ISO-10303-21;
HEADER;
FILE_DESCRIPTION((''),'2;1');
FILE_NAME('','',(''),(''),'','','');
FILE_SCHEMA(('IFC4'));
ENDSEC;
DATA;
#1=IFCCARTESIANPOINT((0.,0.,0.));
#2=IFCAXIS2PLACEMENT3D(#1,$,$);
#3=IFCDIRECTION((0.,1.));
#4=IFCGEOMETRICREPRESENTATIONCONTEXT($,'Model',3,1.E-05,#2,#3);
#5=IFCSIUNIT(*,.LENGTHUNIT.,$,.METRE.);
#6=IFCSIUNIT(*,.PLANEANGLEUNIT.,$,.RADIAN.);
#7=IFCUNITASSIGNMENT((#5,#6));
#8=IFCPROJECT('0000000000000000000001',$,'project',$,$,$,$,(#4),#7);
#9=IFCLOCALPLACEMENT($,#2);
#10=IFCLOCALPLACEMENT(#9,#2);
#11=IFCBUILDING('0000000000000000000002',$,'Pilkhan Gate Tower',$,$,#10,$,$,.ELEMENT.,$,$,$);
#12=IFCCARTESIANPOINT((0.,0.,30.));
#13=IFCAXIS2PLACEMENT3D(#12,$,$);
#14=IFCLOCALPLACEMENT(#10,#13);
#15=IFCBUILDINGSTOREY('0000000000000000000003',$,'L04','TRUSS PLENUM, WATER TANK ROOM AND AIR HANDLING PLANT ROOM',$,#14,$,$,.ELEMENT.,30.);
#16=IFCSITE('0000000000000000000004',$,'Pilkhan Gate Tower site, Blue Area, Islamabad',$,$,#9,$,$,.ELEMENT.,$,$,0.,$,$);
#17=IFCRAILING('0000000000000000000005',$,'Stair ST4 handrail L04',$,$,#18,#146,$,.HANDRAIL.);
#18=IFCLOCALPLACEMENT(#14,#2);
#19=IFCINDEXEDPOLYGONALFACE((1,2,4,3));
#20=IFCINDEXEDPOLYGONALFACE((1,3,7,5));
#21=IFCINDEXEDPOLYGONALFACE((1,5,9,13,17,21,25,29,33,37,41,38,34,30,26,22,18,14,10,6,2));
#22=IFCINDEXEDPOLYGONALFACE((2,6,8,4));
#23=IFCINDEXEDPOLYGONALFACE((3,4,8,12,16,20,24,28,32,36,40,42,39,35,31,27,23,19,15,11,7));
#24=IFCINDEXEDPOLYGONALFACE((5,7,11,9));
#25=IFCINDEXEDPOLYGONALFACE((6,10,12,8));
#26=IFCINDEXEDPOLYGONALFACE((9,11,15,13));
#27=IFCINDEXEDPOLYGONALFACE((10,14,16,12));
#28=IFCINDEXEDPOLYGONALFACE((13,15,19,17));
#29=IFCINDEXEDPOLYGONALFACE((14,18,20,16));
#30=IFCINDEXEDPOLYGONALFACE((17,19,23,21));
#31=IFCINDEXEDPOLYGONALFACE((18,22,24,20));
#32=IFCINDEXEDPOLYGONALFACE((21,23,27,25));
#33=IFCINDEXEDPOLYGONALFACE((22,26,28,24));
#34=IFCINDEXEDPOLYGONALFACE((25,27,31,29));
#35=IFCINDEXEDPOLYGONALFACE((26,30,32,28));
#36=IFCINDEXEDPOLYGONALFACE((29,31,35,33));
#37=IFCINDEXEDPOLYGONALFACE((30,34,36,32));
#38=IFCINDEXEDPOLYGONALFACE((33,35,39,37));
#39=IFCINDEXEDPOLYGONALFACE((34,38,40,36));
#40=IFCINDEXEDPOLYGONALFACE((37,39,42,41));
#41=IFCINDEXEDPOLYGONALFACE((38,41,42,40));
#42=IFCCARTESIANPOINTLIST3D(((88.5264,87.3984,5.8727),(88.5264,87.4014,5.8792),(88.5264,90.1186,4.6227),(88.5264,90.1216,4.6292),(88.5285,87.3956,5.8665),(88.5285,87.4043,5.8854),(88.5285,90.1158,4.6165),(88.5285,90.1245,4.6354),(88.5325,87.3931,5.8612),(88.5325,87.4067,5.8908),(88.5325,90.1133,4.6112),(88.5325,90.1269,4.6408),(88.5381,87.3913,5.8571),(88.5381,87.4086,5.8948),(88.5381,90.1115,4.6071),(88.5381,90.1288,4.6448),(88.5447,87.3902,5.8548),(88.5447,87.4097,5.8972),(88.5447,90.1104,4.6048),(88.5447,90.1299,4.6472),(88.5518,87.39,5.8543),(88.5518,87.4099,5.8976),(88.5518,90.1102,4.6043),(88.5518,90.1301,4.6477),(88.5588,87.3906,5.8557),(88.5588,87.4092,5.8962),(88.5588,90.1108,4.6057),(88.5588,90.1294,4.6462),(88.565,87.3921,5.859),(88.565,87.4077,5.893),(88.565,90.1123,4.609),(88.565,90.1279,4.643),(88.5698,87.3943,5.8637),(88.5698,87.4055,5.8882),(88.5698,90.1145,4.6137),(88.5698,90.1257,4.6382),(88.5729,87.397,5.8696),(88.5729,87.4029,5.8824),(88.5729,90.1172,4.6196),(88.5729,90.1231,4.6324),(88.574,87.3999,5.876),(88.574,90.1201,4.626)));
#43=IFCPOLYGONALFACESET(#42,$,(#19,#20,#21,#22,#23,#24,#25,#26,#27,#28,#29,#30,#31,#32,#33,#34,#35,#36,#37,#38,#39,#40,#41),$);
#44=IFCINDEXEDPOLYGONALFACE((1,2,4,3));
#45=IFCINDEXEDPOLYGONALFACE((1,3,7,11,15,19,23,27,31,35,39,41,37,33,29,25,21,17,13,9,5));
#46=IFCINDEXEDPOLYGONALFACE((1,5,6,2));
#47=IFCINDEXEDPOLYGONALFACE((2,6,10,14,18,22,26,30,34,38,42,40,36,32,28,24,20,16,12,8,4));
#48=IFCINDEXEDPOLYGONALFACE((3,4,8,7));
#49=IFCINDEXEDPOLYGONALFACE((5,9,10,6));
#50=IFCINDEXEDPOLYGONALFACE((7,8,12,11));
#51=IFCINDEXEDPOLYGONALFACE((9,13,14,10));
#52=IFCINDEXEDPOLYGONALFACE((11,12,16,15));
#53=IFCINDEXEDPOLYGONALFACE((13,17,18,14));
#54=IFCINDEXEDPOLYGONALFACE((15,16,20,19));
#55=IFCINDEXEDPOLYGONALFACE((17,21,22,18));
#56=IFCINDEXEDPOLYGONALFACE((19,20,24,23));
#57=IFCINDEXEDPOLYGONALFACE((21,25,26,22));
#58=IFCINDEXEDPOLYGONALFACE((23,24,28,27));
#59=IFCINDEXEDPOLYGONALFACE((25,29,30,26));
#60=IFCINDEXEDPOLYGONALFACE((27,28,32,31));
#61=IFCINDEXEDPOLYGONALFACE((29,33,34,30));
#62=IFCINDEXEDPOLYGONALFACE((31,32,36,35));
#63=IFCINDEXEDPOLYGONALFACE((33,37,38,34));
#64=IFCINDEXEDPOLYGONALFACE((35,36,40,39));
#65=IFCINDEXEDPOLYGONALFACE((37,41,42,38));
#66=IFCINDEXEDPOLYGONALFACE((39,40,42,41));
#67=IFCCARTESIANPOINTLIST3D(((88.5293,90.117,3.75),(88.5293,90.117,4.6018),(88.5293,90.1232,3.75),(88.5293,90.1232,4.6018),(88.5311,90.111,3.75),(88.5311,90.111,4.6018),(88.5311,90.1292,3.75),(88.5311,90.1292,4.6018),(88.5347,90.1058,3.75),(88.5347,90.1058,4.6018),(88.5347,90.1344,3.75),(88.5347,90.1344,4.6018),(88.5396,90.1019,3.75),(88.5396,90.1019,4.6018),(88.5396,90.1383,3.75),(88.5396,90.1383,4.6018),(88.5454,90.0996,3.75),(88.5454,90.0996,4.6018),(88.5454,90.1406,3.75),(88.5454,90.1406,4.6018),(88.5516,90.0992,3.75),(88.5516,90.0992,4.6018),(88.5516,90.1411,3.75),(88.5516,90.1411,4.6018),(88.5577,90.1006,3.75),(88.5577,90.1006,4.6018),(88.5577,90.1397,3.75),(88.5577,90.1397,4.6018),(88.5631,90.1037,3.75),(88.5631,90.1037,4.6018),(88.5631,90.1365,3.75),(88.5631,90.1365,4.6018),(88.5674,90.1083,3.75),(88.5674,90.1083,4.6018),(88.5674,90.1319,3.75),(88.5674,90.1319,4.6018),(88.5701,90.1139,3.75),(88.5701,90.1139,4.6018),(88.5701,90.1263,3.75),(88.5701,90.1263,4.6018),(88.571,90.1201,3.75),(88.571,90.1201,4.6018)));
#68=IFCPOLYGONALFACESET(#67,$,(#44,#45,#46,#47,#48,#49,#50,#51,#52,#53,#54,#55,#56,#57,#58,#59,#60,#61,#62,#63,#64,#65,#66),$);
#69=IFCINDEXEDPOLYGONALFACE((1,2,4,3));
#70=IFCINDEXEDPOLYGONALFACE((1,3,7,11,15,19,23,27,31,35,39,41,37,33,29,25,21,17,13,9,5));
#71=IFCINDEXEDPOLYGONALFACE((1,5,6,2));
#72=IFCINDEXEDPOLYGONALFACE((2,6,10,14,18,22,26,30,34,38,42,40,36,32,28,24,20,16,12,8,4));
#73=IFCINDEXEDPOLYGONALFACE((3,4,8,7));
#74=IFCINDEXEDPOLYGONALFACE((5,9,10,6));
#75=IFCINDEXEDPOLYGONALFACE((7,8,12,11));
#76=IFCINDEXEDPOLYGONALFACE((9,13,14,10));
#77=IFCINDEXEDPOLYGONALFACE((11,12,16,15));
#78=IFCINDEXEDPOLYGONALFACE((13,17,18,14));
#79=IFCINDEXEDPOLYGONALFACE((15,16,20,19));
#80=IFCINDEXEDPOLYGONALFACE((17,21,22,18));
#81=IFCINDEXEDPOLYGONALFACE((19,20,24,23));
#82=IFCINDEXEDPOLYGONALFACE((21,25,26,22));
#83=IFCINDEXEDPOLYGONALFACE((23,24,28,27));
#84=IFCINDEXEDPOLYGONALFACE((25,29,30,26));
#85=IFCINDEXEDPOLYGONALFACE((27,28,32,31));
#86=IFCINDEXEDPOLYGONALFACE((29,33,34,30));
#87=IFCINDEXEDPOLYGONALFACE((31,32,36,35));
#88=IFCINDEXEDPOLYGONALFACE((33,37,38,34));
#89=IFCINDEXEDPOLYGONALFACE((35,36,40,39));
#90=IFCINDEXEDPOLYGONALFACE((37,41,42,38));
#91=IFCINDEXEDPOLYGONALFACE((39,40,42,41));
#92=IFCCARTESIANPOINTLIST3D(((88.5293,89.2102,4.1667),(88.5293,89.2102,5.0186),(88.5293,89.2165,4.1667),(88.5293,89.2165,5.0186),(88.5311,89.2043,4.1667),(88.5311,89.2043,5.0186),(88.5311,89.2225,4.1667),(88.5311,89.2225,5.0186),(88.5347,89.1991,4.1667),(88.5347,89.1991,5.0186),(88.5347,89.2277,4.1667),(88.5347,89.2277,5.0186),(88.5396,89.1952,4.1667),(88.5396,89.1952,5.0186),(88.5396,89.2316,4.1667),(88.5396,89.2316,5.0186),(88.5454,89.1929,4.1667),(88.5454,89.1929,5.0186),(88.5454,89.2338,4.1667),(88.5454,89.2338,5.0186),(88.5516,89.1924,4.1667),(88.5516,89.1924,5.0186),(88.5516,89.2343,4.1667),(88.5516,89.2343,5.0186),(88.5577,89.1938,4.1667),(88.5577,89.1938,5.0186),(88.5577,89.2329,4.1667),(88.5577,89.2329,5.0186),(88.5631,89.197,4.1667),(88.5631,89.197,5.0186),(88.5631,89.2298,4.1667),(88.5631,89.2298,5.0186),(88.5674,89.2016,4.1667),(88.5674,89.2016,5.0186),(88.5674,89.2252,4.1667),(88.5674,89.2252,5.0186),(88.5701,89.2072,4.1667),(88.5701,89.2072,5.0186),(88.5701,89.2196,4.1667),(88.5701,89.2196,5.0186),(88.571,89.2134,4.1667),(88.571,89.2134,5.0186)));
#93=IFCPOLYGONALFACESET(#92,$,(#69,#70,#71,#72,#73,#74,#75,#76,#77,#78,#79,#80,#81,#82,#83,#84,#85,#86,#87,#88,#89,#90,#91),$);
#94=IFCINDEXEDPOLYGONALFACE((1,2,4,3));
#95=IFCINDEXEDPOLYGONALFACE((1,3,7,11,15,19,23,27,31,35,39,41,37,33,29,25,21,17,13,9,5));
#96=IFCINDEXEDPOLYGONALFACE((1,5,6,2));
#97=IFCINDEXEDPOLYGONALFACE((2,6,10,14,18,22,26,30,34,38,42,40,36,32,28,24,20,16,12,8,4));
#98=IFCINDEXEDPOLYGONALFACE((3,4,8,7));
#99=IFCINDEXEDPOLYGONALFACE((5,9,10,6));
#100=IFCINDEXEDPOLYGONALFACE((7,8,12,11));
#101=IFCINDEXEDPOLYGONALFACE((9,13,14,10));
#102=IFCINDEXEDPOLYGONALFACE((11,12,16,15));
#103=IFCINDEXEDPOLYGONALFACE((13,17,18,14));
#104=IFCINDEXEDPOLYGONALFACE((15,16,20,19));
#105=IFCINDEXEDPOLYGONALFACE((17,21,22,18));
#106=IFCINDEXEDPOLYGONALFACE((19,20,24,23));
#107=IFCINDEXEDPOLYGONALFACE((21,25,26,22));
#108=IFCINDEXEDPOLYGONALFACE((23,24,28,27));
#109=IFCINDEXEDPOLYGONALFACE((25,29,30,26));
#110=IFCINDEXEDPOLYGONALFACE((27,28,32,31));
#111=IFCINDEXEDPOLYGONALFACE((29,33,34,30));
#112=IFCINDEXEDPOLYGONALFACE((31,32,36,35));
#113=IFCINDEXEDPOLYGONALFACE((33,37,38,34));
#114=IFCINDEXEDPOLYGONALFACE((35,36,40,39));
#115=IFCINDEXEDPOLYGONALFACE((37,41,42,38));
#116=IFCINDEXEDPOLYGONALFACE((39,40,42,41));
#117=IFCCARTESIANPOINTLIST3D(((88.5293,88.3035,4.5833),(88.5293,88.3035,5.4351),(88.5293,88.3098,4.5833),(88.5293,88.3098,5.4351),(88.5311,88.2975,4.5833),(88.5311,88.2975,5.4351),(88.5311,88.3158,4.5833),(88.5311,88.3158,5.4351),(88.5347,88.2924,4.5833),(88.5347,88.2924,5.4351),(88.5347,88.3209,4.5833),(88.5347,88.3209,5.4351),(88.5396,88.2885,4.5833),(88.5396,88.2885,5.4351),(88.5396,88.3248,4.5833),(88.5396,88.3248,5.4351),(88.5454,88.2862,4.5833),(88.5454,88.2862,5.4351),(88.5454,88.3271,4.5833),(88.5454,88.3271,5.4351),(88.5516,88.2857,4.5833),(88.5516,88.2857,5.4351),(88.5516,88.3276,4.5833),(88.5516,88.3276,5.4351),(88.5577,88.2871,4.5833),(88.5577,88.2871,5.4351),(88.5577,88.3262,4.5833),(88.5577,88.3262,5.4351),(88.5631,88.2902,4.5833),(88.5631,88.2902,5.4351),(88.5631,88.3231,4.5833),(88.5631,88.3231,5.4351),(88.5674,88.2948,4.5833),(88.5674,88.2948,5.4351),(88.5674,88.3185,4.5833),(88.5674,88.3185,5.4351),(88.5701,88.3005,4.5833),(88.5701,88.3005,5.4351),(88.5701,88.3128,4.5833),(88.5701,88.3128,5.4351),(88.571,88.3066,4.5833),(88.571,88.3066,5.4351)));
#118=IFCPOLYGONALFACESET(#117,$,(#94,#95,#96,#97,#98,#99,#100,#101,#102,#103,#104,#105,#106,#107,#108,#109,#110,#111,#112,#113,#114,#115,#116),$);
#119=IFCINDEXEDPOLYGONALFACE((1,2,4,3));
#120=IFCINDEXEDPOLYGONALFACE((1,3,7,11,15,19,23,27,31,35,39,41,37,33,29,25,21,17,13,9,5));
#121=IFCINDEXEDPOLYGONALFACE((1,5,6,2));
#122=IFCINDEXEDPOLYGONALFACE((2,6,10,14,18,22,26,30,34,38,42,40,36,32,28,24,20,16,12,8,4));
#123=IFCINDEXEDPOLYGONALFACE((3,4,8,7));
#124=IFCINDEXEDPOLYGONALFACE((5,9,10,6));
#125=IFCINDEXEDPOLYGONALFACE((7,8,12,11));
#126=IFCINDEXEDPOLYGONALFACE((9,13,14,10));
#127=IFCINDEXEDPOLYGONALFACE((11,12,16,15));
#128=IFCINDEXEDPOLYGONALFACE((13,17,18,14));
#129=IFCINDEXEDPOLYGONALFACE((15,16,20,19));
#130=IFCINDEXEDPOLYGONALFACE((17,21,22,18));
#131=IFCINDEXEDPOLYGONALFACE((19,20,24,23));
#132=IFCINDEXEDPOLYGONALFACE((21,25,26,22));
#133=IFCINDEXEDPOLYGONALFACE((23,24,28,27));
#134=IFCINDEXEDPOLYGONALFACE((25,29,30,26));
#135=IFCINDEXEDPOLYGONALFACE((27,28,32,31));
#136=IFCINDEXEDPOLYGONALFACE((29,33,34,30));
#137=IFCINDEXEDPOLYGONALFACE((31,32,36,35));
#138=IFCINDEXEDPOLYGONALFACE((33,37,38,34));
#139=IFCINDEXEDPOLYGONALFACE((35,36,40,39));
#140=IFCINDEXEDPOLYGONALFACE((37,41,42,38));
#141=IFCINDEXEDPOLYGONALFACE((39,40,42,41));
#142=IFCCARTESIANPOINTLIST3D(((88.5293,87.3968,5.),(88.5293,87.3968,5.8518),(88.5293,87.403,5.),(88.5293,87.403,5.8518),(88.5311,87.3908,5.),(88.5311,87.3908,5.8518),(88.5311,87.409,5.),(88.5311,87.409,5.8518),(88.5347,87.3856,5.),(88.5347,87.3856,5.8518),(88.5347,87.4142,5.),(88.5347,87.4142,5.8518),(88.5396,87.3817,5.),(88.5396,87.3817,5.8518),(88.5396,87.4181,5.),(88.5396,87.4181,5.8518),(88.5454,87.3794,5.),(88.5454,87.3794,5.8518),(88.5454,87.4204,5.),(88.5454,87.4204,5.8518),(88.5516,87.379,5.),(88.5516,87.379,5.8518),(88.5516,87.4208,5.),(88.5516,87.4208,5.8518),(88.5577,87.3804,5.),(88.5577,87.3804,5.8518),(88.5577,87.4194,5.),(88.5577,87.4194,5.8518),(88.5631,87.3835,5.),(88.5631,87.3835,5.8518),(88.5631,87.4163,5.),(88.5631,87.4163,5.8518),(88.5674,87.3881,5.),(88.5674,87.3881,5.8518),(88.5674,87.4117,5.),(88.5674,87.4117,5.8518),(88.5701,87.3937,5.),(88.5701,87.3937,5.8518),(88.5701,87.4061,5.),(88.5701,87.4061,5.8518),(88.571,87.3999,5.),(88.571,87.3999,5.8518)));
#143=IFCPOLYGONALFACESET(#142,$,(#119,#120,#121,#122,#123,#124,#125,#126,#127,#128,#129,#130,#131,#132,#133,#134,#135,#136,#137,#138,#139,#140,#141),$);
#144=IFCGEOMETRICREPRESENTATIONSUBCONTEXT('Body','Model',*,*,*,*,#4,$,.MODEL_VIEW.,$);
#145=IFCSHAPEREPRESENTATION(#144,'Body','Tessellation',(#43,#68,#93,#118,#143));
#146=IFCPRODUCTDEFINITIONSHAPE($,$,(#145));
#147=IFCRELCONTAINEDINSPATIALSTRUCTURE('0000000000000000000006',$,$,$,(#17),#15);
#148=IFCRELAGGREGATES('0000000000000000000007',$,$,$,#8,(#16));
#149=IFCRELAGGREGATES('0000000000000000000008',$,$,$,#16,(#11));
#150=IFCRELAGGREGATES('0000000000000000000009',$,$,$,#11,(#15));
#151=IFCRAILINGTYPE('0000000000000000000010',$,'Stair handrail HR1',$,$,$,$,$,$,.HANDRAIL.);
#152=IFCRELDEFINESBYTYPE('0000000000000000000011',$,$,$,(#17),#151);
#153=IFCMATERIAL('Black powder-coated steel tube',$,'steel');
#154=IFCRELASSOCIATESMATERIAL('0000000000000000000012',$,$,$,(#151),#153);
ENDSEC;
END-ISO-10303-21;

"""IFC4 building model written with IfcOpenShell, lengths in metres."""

from ifc_helpers import new_model, si_unit, direction, frame, origin, origin_2d, place, context, subcontext, project, spatial, circle, extrude, material, type_object, element, save


model = new_model("IFC4")

# Units and contexts
model_context = context("Model", 3, precision=1e-05, world=origin(), true_north=direction((0.0, 1.0)))
body_context = subcontext(model_context, "Body", "Model", "MODEL_VIEW")
ifc_project = project(units=[si_unit("LENGTHUNIT", "METRE"), si_unit("PLANEANGLEUNIT", "RADIAN")], contexts=[model_context])

# Site, building, storey
site_placement = place(None, origin())
site = spatial("IfcSite", under=ifc_project, at=site_placement, Name="Pilkhan Gate Tower site, Blue Area, Islamabad", CompositionType="ELEMENT", RefElevation=0.0)
building_placement = place(site_placement, origin())
building = spatial("IfcBuilding", under=site, at=building_placement, Name="Pilkhan Gate Tower", CompositionType="ELEMENT")
storey_placement = place(building_placement, frame((0.0, 0.0, 30.0)))
storey = spatial("IfcBuildingStorey", under=building, at=storey_placement, Name="L04", Description="TRUSS PLENUM, WATER TANK ROOM AND AIR HANDLING PLANT ROOM", CompositionType="ELEMENT", Elevation=30.0)

# Railing
ifc_material_1 = material(Name="Black powder-coated steel tube", Category="steel")
railing_type_1 = type_object("IfcRailingType", Name="Stair handrail HR1", PredefinedType="HANDRAIL", material=ifc_material_1)
railing_1_placement = place(storey_placement, frame((88.55, 90.1201, 3.75)))
element("IfcRailing", 1, at=railing_1_placement, inside=storey, type_object=railing_type_1, Name="Stair ST4 handrail L04", PredefinedType="HANDRAIL", context=body_context, shape_type="SweptSolid", body=[
    extrude(circle(Radius=0.0239, at=origin_2d()), frame((0.0, 0.0, 0.876), z_axis=(0.0, -0.908655, 0.417547), x_axis=(1.0, 0.0, 0.0)), (0.0, 0.0, 1.0), 2.9937),
    extrude(circle(Radius=0.021, at=origin_2d()), origin(), (0.0, 0.0, 1.0), 0.8518),
    extrude(circle(Radius=0.021, at=origin_2d()), frame((0.0, -0.9067, 0.4167)), (0.0, 0.0, 1.0), 0.8518),
    extrude(circle(Radius=0.021, at=origin_2d()), frame((0.0, -1.8135, 0.8333)), (0.0, 0.0, 1.0), 0.8518),
    extrude(circle(Radius=0.021, at=origin_2d()), frame((0.0, -2.7202, 1.25)), (0.0, 0.0, 1.0), 0.8518),
])

save(model, "model.ifc")
